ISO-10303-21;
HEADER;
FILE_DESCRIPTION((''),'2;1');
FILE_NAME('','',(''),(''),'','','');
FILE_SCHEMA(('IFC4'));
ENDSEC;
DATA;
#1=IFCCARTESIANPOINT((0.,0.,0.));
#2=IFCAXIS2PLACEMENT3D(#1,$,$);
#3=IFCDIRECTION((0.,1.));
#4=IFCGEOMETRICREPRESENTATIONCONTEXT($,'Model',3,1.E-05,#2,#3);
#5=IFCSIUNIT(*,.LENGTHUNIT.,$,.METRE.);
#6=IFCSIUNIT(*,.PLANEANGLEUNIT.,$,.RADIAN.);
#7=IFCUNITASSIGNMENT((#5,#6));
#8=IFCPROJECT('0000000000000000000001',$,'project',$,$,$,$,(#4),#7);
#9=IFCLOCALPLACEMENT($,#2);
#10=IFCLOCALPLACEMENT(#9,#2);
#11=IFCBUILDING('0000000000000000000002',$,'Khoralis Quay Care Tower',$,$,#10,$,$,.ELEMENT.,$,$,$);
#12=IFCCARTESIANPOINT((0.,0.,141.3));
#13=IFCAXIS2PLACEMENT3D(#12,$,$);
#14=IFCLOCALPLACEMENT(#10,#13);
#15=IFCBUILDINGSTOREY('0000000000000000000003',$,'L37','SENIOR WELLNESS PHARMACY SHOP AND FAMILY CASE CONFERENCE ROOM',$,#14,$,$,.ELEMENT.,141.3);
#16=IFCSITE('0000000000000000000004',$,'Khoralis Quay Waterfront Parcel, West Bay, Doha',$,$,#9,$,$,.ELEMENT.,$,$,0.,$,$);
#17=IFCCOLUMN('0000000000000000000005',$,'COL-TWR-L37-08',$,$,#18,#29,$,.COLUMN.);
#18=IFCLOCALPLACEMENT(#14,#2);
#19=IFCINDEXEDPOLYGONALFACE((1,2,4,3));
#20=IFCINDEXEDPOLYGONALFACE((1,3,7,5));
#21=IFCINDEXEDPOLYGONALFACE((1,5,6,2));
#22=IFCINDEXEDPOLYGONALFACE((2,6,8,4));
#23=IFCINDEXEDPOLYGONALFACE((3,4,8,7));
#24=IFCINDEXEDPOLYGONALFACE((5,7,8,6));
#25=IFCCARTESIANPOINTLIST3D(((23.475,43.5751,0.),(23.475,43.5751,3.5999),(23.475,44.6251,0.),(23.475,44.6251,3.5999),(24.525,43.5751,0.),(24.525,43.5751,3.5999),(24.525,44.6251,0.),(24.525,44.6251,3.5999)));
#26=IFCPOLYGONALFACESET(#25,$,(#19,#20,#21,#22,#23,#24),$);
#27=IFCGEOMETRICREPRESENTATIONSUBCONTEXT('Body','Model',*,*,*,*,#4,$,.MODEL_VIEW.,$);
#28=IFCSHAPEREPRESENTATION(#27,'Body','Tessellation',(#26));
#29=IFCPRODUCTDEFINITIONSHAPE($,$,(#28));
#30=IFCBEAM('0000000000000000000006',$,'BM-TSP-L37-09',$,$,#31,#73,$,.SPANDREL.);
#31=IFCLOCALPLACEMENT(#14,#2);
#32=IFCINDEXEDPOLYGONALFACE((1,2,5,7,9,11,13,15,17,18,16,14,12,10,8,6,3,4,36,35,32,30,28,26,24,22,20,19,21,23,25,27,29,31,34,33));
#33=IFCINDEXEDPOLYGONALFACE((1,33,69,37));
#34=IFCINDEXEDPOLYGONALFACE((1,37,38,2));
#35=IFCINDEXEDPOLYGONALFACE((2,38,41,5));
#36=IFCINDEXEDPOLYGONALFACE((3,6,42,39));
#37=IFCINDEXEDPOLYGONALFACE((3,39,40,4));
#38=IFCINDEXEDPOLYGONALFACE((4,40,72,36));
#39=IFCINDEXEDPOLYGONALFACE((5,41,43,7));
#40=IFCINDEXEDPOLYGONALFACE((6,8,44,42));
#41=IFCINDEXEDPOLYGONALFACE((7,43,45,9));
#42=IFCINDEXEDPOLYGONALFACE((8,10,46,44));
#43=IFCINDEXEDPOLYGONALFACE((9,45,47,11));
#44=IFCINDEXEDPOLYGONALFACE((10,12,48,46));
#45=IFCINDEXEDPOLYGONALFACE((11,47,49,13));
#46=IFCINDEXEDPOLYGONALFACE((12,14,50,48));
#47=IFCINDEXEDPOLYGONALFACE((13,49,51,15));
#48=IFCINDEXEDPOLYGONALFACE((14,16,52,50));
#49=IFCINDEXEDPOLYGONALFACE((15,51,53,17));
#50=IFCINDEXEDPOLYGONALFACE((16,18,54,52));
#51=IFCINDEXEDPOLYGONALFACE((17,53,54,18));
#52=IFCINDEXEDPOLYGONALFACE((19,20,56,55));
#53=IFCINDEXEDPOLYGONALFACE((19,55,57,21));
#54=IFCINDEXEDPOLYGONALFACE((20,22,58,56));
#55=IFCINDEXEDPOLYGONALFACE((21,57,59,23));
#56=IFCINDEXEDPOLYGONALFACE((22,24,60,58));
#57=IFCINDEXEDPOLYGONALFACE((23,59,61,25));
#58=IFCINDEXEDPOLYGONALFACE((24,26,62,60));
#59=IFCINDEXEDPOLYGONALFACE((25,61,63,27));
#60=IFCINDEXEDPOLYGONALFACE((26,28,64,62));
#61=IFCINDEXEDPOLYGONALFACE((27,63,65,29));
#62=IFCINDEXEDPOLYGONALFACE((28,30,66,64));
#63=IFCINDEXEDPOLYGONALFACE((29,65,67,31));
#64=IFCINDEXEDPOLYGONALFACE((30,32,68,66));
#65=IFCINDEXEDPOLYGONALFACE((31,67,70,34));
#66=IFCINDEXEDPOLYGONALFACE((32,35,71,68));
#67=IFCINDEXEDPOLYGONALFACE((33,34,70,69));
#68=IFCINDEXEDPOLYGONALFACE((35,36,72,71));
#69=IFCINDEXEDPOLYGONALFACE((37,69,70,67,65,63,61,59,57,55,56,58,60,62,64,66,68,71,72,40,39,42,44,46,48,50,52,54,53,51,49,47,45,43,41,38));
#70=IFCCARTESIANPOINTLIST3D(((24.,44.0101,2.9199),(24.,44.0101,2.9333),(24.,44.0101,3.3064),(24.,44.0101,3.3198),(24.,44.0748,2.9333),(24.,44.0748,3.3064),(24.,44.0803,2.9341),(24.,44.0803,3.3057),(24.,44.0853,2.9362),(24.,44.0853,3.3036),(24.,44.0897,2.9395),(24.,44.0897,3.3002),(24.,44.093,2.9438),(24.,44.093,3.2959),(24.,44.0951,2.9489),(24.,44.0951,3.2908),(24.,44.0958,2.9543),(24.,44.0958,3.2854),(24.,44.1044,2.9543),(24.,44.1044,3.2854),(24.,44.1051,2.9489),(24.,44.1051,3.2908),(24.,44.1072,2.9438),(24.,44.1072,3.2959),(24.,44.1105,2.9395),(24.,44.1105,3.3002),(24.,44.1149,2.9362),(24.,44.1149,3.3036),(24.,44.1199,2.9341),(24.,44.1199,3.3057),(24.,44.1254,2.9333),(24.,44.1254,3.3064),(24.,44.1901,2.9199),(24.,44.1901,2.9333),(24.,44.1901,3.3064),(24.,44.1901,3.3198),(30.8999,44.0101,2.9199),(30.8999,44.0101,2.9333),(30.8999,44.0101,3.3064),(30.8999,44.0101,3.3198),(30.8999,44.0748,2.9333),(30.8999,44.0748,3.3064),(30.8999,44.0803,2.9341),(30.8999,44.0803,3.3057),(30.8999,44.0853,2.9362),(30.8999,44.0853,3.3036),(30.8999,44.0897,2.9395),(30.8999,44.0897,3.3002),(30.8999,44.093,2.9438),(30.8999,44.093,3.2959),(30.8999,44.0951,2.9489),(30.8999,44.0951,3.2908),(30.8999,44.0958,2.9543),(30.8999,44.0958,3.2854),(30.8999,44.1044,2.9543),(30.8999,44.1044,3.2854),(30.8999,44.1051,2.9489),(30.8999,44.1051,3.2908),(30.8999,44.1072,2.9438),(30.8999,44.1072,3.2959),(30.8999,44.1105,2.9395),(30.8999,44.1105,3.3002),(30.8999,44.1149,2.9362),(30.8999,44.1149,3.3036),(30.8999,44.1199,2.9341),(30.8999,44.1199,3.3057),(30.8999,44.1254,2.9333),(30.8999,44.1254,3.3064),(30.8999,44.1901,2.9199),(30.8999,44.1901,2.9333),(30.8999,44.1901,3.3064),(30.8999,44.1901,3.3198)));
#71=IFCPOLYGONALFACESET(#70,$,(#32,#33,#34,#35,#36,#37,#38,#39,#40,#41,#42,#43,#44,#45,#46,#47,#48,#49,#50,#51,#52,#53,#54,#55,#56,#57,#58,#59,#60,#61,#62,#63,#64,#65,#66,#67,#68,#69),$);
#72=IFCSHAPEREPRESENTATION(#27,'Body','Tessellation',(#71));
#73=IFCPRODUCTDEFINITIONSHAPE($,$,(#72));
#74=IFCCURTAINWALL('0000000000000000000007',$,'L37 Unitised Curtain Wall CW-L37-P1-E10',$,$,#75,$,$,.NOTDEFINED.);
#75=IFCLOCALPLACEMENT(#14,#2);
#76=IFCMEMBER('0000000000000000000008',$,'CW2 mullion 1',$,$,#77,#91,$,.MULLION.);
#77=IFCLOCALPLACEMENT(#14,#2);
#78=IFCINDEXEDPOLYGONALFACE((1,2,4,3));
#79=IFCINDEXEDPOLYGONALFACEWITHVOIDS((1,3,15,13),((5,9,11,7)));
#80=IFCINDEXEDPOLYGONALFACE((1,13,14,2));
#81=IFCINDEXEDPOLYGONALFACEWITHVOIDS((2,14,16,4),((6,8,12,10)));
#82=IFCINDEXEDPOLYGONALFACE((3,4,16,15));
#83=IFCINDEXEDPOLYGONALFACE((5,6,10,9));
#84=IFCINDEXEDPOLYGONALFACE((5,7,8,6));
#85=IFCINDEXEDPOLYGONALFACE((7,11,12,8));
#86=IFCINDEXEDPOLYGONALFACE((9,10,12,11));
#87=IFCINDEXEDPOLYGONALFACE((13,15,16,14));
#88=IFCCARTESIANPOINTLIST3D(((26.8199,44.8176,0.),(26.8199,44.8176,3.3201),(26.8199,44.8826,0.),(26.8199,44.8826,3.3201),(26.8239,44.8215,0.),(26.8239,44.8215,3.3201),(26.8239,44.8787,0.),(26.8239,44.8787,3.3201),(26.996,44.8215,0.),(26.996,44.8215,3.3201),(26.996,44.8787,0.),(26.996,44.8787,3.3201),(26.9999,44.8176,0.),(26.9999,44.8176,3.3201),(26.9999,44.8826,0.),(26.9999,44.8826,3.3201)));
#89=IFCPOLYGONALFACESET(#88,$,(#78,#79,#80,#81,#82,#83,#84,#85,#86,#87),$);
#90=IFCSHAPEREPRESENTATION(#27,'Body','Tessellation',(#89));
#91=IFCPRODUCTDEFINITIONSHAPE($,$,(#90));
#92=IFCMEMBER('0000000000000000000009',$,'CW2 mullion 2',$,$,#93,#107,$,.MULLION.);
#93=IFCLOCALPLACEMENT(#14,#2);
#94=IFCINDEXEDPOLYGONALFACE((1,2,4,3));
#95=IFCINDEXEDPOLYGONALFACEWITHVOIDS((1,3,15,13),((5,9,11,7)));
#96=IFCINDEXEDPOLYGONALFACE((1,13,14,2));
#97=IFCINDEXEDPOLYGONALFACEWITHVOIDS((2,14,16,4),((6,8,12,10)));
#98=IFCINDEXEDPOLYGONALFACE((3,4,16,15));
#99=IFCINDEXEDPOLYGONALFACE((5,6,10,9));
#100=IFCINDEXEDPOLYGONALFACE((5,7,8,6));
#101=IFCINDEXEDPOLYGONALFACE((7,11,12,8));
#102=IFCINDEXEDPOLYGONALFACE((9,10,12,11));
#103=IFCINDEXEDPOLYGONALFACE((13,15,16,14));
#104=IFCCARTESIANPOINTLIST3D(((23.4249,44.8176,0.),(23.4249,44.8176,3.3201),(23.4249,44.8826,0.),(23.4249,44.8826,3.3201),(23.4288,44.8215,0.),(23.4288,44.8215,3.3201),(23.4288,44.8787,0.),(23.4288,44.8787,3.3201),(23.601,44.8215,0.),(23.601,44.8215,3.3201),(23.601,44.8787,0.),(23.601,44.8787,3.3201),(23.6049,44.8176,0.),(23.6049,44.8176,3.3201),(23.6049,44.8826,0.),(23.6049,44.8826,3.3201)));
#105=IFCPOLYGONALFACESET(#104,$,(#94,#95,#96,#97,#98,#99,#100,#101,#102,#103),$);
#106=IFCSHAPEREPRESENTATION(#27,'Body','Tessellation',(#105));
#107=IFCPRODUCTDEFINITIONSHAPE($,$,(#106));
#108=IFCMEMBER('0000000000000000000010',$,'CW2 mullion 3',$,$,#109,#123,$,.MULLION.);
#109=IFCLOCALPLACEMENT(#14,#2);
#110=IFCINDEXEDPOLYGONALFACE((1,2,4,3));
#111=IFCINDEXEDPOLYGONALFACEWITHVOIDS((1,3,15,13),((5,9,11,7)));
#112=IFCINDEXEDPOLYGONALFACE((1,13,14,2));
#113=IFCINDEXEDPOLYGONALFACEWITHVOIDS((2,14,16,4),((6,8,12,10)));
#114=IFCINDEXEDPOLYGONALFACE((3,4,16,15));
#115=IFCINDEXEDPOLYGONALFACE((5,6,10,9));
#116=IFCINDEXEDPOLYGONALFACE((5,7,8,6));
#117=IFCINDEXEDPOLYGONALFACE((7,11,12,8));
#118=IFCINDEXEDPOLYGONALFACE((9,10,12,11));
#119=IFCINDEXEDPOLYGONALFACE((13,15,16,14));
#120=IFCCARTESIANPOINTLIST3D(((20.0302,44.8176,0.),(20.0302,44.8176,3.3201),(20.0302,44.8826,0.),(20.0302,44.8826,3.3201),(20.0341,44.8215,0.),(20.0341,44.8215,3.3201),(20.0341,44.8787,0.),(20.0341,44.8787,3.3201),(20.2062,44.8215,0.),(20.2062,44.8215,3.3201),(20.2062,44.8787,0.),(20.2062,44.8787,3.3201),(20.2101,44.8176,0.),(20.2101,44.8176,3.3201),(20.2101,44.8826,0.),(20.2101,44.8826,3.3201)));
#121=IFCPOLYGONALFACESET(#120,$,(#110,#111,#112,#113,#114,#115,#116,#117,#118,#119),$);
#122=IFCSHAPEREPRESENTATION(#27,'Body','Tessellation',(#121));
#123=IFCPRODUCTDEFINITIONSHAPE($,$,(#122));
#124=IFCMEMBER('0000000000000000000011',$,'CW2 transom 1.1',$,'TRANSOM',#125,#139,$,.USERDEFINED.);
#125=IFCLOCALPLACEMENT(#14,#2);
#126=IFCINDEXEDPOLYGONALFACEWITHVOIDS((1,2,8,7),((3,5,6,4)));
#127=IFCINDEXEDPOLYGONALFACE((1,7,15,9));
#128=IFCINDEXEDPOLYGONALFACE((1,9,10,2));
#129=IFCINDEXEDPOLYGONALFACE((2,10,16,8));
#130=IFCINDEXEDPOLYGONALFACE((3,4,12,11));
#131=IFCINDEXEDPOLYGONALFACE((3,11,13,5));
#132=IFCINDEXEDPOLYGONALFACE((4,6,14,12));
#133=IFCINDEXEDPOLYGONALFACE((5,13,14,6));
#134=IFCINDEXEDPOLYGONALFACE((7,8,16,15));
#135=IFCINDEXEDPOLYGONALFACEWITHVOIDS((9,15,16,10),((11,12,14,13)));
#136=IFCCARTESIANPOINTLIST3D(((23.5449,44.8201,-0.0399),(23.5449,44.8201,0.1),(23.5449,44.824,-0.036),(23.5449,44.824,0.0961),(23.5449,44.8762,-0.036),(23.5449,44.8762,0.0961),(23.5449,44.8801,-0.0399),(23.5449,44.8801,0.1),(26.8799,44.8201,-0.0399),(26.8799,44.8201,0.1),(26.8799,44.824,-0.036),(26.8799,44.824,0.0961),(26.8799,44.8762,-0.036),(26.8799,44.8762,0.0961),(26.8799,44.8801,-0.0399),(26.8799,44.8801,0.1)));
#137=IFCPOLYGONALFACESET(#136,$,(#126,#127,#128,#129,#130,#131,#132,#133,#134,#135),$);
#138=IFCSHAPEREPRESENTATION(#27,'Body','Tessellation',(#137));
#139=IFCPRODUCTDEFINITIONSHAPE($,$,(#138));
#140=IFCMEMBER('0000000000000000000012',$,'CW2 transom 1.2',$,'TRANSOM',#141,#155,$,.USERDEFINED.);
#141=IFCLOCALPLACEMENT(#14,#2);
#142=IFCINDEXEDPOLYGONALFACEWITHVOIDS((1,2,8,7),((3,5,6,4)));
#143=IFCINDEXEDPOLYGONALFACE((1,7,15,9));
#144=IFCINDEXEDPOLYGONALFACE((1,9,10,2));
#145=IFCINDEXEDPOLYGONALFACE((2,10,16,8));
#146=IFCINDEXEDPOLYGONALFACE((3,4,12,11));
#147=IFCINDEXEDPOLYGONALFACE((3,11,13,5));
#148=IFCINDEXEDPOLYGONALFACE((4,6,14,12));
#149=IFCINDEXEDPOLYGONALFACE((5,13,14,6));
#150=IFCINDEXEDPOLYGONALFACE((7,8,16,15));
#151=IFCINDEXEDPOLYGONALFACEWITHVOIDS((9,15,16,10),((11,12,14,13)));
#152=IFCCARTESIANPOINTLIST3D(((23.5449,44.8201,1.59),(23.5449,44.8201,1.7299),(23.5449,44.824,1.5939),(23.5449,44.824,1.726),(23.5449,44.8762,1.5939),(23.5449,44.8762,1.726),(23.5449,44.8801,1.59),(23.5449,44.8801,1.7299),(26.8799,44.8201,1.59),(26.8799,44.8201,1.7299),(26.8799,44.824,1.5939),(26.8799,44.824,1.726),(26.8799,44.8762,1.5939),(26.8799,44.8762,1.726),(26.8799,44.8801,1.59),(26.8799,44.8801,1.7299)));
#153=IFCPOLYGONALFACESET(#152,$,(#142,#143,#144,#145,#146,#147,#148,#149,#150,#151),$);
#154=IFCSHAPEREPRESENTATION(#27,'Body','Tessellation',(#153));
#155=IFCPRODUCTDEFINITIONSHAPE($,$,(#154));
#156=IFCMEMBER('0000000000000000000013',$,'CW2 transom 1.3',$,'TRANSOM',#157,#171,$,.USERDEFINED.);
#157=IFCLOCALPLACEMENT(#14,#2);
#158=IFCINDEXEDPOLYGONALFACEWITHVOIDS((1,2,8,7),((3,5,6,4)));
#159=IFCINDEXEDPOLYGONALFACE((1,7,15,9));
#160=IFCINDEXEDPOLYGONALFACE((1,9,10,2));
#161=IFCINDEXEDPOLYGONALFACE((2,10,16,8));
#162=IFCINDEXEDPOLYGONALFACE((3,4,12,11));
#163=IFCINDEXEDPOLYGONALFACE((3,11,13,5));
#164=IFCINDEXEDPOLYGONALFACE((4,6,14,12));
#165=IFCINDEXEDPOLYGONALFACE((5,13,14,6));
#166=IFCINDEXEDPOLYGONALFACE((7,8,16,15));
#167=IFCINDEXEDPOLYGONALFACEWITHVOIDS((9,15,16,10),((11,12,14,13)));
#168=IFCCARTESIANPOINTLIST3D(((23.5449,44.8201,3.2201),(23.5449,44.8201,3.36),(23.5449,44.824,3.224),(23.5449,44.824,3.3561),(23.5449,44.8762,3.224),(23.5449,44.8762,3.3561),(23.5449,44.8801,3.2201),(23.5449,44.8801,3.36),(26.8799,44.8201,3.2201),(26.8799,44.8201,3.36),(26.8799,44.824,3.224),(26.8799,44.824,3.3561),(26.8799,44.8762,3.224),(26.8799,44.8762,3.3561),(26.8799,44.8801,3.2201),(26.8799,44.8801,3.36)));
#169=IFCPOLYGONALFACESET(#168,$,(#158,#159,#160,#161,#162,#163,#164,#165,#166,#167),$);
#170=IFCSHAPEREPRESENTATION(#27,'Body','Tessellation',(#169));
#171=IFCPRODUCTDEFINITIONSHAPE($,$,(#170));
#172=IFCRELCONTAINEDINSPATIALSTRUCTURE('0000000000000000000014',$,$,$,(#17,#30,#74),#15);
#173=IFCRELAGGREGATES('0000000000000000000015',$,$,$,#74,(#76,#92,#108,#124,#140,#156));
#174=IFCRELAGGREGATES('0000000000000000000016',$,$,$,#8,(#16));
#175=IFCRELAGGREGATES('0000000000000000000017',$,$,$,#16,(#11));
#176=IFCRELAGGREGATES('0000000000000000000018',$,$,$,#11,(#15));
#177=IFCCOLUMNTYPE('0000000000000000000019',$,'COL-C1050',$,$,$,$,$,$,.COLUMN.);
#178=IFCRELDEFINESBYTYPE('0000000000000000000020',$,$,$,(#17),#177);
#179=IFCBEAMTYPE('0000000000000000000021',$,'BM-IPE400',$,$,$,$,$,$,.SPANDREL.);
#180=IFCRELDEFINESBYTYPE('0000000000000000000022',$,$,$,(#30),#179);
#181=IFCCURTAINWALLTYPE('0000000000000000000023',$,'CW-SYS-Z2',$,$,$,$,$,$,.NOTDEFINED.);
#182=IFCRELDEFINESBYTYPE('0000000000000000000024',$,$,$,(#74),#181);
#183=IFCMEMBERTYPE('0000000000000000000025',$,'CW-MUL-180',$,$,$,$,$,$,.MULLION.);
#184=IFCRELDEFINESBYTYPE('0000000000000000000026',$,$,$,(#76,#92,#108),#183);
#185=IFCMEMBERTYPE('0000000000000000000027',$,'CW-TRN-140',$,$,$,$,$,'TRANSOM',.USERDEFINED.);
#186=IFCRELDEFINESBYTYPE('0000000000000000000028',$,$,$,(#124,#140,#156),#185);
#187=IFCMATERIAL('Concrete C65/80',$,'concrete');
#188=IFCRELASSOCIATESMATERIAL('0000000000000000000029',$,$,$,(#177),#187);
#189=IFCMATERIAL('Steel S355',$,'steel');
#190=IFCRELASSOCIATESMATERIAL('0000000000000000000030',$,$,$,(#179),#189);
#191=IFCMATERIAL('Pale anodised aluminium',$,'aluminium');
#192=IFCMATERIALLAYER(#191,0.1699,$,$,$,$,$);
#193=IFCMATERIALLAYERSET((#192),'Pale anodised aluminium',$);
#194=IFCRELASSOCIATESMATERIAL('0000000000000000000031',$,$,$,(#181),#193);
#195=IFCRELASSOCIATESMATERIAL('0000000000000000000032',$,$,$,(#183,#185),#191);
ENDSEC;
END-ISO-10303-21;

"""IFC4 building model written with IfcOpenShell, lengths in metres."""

from ifc_helpers import new_model, si_unit, direction, frame, origin, origin_2d, place, context, subcontext, project, spatial, rectangle, hollow_rectangle, i_section, extrude, source, transform, mapped, material, layer, layer_set, material_profile, profile_set, type_object, element, aggregate, save


model = new_model("IFC4")

# Units and contexts
model_context = context("Model", 3, precision=1e-05, world=origin(), true_north=direction((0.0, 1.0)))
body_context = subcontext(model_context, "Body", "Model", "MODEL_VIEW")
ifc_project = project(units=[si_unit("LENGTHUNIT", "METRE"), si_unit("PLANEANGLEUNIT", "RADIAN")], contexts=[model_context])

# Site, building, storey
site_placement = place(None, origin())
site = spatial("IfcSite", under=ifc_project, at=site_placement, Name="Khoralis Quay Waterfront Parcel, West Bay, Doha", CompositionType="ELEMENT", RefElevation=0.0)
building_placement = place(site_placement, origin())
building = spatial("IfcBuilding", under=site, at=building_placement, Name="Khoralis Quay Care Tower", CompositionType="ELEMENT")
storey_placement = place(building_placement, frame((0.0, 0.0, 141.3)))
storey = spatial("IfcBuildingStorey", under=building, at=storey_placement, Name="L37", Description="SENIOR WELLNESS PHARMACY SHOP AND FAMILY CASE CONFERENCE ROOM", CompositionType="ELEMENT", Elevation=141.3)

# Column
ifc_material_1 = material(Name="Concrete C65/80", Category="concrete")
ifc_material_profile_1 = material_profile(ifc_material_1, rectangle(XDim=1.05, YDim=1.05, at=origin_2d()), Name="Concrete C65/80")
ifc_profile_set_1 = profile_set([ifc_material_profile_1], Name="Concrete C65/80")
column_type = type_object("IfcColumnType", Name="COL-C1050", PredefinedType="COLUMN", material=ifc_profile_set_1)
shared_shape_1 = source(origin(), body_context, "Body", "SweptSolid", [
    extrude(rectangle(XDim=1.05, YDim=1.05, at=origin_2d()), origin(), (0.0, 0.0, 1.0), 3.5999),
])
column_placement = place(storey_placement, frame((24.0, 44.1001, 0.0), z_axis=(0.0, 0.0, 1.0), x_axis=(1.0, 0.0, 0.0)))
element("IfcColumn", 1, at=column_placement, inside=storey, type_object=column_type, Name="COL-TWR-L37-08", PredefinedType="COLUMN", context=body_context, shape_type="MappedRepresentation", body=[
    mapped(shared_shape_1, transform((0.0, 0.0, 0.0), scale=1.0)),
])

# Beam
ifc_material_2 = material(Name="Steel S355", Category="steel")
ifc_material_profile_2 = material_profile(ifc_material_2, i_section(OverallWidth=0.1799, OverallDepth=0.3999, WebThickness=0.0085, FlangeThickness=0.0134, FilletRadius=0.021, at=origin_2d()), Name="Steel S355")
ifc_profile_set_2 = profile_set([ifc_material_profile_2], Name="Steel S355")
beam_type = type_object("IfcBeamType", Name="BM-IPE400", PredefinedType="SPANDREL", material=ifc_profile_set_2)
shared_shape_2 = source(origin(), body_context, "Body", "SweptSolid", [
    extrude(i_section(OverallWidth=0.1799, OverallDepth=0.3999, WebThickness=0.0085, FlangeThickness=0.0134, FilletRadius=0.021, at=origin_2d()), origin(), (0.0, 0.0, 1.0), 6.8999),
])
beam_placement = place(storey_placement, frame((24.0, 44.1001, 3.1199), z_axis=(1.0, 0.0, 0.0), x_axis=(0.0, 1.0, 0.0)))
element("IfcBeam", 2, at=beam_placement, inside=storey, type_object=beam_type, Name="BM-TSP-L37-09", PredefinedType="SPANDREL", context=body_context, shape_type="MappedRepresentation", body=[
    mapped(shared_shape_2, transform((0.0, 0.0, 0.0), scale=1.0)),
])

# Curtain wall, members
ifc_material_3 = material(Name="Pale anodised aluminium", Category="aluminium")
ifc_layer_1 = layer(ifc_material_3, 0.1699)
ifc_layer_set_1 = layer_set([ifc_layer_1], Name="Pale anodised aluminium")
curtain_wall_type = type_object("IfcCurtainWallType", Name="CW-SYS-Z2", PredefinedType="NOTDEFINED", material=ifc_layer_set_1)
curtain_wall_placement = place(storey_placement, origin())
curtain_wall = element("IfcCurtainWall", 3, at=curtain_wall_placement, inside=storey, type_object=curtain_wall_type, Name="L37 Unitised Curtain Wall CW-L37-P1-E10", PredefinedType="NOTDEFINED")
ifc_material_profile_3 = material_profile(ifc_material_3, hollow_rectangle(XDim=0.0649, YDim=0.1799, WallThickness=0.0039, at=origin_2d()), Name="Pale anodised aluminium")
ifc_profile_set_3 = profile_set([ifc_material_profile_3], Name="Pale anodised aluminium")
member_type_1 = type_object("IfcMemberType", Name="CW-MUL-180", PredefinedType="MULLION", material=ifc_profile_set_3)
shared_shape_3 = source(origin(), body_context, "Body", "SweptSolid", [
    extrude(hollow_rectangle(XDim=0.0649, YDim=0.1799, WallThickness=0.0039, at=origin_2d()), origin(), (0.0, 0.0, 1.0), 3.3201),
])
member_1_placement = place(storey_placement, frame((26.9099, 44.8501, 0.0), z_axis=(0.0, 0.0, 1.0), x_axis=(0.0, -1.0, 0.0)))
member_1 = element("IfcMember", 4, at=member_1_placement, type_object=member_type_1, Name="CW2 mullion 1", PredefinedType="MULLION", context=body_context, shape_type="MappedRepresentation", body=[
    mapped(shared_shape_3, transform((0.0, 0.0, 0.0), scale=1.0)),
])
member_2_placement = place(storey_placement, frame((23.5149, 44.8501, 0.0), z_axis=(0.0, 0.0, 1.0), x_axis=(0.0, -1.0, 0.0)))
member_2 = element("IfcMember", 5, at=member_2_placement, type_object=member_type_1, Name="CW2 mullion 2", PredefinedType="MULLION", context=body_context, shape_type="MappedRepresentation", body=[
    mapped(shared_shape_3, transform((0.0, 0.0, 0.0), scale=1.0)),
])
member_3_placement = place(storey_placement, frame((20.1201, 44.8501, 0.0), z_axis=(0.0, 0.0, 1.0), x_axis=(0.0, -1.0, 0.0)))
member_3 = element("IfcMember", 6, at=member_3_placement, type_object=member_type_1, Name="CW2 mullion 3", PredefinedType="MULLION", context=body_context, shape_type="MappedRepresentation", body=[
    mapped(shared_shape_3, transform((0.0, 0.0, 0.0), scale=1.0)),
])
ifc_material_profile_4 = material_profile(ifc_material_3, hollow_rectangle(XDim=0.0601, YDim=0.1399, WallThickness=0.0039, at=origin_2d()), Name="Pale anodised aluminium")
ifc_profile_set_4 = profile_set([ifc_material_profile_4], Name="Pale anodised aluminium")
member_type_2 = type_object("IfcMemberType", Name="CW-TRN-140", ElementType="TRANSOM", PredefinedType="USERDEFINED", material=ifc_profile_set_4)
shared_shape_4 = source(origin(), body_context, "Body", "SweptSolid", [
    extrude(hollow_rectangle(XDim=0.0601, YDim=0.1399, WallThickness=0.0039, at=origin_2d()), origin(), (0.0, 0.0, 1.0), 3.335),
])
member_4_placement = place(storey_placement, frame((26.8799, 44.8501, 0.03), z_axis=(-1.0, 0.0, 0.0), x_axis=(0.0, -1.0, 0.0)))
member_4 = element("IfcMember", 7, at=member_4_placement, type_object=member_type_2, Name="CW2 transom 1.1", ObjectType="TRANSOM", PredefinedType="USERDEFINED", context=body_context, shape_type="MappedRepresentation", body=[
    mapped(shared_shape_4, transform((0.0, 0.0, 0.0), scale=1.0)),
])
member_5_placement = place(storey_placement, frame((26.8799, 44.8501, 1.6599), z_axis=(-1.0, 0.0, 0.0), x_axis=(0.0, -1.0, 0.0)))
member_5 = element("IfcMember", 8, at=member_5_placement, type_object=member_type_2, Name="CW2 transom 1.2", ObjectType="TRANSOM", PredefinedType="USERDEFINED", context=body_context, shape_type="MappedRepresentation", body=[
    mapped(shared_shape_4, transform((0.0, 0.0, 0.0), scale=1.0)),
])
member_6_placement = place(storey_placement, frame((26.8799, 44.8501, 3.29), z_axis=(-1.0, 0.0, 0.0), x_axis=(0.0, -1.0, 0.0)))
member_6 = element("IfcMember", 9, at=member_6_placement, type_object=member_type_2, Name="CW2 transom 1.3", ObjectType="TRANSOM", PredefinedType="USERDEFINED", context=body_context, shape_type="MappedRepresentation", body=[
    mapped(shared_shape_4, transform((0.0, 0.0, 0.0), scale=1.0)),
])
aggregate(curtain_wall, [member_1, member_2, member_3, member_4, member_5, member_6])

save(model, "model.ifc")
